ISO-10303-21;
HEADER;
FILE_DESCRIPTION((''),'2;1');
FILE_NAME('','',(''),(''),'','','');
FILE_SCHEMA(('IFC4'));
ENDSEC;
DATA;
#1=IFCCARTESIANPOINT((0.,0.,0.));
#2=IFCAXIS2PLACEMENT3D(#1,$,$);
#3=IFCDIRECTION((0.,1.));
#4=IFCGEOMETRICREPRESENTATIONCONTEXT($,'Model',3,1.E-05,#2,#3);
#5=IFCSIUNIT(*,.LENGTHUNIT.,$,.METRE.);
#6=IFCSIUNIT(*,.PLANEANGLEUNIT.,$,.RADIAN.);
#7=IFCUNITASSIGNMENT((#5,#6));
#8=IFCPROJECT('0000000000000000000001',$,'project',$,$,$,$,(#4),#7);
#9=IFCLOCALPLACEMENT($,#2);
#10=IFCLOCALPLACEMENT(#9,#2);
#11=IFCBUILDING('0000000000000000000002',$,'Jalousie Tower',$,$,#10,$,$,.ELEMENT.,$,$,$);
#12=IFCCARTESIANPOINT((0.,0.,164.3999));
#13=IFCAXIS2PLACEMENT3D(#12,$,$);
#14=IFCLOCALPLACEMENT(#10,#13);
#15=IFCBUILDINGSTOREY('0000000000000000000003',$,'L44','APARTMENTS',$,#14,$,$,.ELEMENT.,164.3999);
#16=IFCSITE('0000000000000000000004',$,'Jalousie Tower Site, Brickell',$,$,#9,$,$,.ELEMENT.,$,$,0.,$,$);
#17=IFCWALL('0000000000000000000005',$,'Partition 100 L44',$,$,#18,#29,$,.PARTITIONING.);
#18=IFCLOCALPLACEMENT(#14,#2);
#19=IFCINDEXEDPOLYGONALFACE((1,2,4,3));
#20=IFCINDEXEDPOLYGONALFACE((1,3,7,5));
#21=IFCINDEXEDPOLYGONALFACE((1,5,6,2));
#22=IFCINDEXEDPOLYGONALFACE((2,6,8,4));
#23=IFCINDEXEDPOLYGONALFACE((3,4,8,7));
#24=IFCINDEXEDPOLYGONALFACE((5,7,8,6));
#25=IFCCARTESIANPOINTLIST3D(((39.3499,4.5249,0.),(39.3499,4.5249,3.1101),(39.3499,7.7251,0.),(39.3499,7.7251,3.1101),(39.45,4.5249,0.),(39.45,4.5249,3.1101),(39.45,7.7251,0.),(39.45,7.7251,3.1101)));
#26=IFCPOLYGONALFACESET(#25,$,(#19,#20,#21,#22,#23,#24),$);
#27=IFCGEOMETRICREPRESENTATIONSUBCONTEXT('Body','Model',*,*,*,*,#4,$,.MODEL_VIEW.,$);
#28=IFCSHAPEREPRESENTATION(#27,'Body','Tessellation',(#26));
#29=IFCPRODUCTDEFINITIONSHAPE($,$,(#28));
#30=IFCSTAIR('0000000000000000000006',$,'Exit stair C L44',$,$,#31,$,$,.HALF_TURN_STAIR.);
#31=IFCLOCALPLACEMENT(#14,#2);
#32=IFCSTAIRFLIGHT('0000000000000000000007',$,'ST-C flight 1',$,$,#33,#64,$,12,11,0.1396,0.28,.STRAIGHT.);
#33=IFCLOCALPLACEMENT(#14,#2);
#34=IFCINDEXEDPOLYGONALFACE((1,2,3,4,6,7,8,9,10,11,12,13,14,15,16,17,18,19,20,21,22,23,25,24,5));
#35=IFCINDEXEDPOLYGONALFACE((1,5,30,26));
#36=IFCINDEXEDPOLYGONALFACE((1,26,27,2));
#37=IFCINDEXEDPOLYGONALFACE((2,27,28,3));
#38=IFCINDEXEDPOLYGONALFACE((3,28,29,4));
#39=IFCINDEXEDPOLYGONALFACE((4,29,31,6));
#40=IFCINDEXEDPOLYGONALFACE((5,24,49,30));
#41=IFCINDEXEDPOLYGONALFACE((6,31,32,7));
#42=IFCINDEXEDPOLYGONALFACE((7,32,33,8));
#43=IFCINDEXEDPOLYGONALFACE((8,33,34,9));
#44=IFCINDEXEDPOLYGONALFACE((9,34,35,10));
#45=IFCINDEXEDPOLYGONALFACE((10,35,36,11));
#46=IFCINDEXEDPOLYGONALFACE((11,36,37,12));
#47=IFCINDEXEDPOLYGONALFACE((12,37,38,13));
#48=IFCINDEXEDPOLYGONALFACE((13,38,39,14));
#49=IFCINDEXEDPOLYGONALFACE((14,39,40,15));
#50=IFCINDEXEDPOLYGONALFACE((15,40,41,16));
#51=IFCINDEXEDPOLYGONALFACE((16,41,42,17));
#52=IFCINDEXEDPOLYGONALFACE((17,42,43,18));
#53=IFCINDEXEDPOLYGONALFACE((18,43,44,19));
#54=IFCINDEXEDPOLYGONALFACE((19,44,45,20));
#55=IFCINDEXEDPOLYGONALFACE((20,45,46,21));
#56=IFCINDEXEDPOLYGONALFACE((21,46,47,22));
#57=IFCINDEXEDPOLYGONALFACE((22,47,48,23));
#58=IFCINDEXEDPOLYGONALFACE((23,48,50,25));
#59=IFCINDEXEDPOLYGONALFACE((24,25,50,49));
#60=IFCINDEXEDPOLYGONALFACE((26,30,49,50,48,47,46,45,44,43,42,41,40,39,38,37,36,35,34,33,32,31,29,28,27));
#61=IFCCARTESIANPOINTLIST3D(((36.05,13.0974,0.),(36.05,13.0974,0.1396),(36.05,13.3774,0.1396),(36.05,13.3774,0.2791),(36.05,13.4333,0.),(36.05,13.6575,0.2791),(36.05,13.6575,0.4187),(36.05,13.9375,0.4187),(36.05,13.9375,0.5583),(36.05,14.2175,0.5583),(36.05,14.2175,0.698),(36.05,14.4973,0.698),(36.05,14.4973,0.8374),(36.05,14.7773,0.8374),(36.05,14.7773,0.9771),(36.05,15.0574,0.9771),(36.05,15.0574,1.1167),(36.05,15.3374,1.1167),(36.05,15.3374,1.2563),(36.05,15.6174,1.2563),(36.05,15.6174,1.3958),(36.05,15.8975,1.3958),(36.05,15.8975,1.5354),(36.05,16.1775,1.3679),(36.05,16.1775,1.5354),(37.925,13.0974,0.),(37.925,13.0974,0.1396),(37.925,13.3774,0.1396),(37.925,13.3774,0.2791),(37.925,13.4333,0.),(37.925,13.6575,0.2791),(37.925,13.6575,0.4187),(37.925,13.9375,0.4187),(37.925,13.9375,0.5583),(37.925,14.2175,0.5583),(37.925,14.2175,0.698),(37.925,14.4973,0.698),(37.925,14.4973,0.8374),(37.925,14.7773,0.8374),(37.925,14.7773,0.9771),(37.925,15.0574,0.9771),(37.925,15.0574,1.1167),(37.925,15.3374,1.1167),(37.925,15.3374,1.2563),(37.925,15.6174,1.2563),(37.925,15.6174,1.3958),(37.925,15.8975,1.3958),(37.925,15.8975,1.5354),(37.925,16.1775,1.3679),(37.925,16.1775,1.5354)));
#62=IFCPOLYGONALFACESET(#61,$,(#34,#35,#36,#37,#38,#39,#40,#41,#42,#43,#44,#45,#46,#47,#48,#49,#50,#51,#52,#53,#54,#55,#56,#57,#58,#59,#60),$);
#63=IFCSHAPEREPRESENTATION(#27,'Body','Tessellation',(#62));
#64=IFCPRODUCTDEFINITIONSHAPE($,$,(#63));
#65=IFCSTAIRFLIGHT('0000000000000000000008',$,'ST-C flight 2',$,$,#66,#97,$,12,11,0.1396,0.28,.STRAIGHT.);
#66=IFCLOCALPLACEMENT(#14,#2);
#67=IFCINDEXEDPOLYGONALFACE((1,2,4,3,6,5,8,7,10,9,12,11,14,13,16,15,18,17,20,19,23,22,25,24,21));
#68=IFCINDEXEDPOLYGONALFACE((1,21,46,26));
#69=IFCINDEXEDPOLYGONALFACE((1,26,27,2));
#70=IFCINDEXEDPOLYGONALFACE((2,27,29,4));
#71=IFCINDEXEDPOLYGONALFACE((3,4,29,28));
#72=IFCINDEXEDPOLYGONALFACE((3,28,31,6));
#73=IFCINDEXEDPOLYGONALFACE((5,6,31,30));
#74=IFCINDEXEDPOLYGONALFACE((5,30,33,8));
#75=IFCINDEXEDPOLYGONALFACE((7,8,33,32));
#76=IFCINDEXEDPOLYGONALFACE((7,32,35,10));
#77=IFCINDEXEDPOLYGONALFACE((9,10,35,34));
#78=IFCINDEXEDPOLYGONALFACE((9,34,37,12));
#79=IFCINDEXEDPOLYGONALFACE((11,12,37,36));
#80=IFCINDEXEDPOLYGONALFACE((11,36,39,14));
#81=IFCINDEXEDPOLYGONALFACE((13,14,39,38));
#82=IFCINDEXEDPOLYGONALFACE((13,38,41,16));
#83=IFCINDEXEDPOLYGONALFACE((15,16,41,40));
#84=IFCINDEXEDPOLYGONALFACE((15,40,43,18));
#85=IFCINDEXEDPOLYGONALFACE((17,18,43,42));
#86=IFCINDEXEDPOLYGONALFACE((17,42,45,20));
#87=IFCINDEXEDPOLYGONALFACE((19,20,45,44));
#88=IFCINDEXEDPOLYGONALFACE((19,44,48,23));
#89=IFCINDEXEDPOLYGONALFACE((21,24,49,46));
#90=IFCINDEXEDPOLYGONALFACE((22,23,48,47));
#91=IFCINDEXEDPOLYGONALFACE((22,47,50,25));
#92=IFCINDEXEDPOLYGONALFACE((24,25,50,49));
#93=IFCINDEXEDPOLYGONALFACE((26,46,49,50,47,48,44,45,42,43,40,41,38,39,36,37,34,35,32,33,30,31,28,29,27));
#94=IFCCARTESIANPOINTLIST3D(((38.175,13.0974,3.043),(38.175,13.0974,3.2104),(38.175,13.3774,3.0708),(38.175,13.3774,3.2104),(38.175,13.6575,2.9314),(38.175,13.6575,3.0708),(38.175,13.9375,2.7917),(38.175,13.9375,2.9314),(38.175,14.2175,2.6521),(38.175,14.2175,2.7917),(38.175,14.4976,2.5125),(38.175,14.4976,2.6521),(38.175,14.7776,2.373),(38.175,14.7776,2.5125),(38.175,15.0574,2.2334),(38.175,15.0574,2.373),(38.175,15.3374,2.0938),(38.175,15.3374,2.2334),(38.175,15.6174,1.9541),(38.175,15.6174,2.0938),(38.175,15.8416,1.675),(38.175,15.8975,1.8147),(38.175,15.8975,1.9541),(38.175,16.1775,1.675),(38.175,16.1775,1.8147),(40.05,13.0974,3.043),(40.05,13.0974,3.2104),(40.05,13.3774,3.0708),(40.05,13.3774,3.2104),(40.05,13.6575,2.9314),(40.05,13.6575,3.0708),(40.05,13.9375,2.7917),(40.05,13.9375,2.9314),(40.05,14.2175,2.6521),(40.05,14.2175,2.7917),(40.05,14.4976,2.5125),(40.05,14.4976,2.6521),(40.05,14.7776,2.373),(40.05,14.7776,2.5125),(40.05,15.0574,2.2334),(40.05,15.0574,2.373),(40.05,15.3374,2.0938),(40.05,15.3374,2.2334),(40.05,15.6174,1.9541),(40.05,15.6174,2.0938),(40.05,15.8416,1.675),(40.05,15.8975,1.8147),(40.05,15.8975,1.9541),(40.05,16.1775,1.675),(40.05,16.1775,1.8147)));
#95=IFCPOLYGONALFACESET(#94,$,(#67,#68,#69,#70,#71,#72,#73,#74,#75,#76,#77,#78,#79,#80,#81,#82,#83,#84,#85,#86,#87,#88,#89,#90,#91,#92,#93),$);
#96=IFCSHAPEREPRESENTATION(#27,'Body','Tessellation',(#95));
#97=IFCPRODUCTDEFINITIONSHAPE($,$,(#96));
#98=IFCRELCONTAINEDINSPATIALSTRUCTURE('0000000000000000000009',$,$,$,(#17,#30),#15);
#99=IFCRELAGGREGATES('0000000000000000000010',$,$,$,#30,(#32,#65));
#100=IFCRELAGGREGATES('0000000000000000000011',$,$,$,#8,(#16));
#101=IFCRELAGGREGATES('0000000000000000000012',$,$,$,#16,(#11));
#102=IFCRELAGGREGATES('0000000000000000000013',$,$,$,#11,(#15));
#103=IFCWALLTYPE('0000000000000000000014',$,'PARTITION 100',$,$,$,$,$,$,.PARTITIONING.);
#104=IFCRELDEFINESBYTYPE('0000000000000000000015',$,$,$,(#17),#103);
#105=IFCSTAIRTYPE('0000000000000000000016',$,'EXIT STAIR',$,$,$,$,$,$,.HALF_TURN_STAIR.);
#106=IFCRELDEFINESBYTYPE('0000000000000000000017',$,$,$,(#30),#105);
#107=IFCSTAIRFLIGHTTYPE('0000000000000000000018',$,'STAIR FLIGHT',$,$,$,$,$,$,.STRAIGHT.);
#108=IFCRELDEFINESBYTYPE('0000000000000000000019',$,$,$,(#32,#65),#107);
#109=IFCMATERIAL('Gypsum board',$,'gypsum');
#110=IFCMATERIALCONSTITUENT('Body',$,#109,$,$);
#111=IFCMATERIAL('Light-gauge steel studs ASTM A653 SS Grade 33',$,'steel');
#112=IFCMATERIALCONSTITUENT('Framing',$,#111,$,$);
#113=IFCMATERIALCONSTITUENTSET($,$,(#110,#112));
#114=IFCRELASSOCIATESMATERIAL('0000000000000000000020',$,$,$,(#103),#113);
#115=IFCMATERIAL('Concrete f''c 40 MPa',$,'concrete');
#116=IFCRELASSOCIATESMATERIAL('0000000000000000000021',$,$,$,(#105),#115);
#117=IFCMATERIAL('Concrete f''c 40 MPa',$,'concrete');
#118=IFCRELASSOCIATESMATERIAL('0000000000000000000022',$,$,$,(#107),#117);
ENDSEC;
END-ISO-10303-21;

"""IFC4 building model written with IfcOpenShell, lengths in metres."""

from ifc_helpers import new_model, si_unit, direction, frame, frame_2d, origin, place, context, subcontext, project, spatial, polyline, rectangle, outline, extrude, material, constituent, constituent_set, type_object, element, aggregate, save


model = new_model("IFC4")

# Units and contexts
model_context = context("Model", 3, precision=1e-05, world=origin(), true_north=direction((0.0, 1.0)))
body_context = subcontext(model_context, "Body", "Model", "MODEL_VIEW")
ifc_project = project(units=[si_unit("LENGTHUNIT", "METRE"), si_unit("PLANEANGLEUNIT", "RADIAN")], contexts=[model_context])

# Site, building, storey
site_placement = place(None, origin())
site = spatial("IfcSite", under=ifc_project, at=site_placement, Name="Jalousie Tower Site, Brickell", CompositionType="ELEMENT", RefElevation=0.0)
building_placement = place(site_placement, origin())
building = spatial("IfcBuilding", under=site, at=building_placement, Name="Jalousie Tower", CompositionType="ELEMENT")
storey_placement = place(building_placement, frame((0.0, 0.0, 164.3999)))
storey = spatial("IfcBuildingStorey", under=building, at=storey_placement, Name="L44", Description="APARTMENTS", CompositionType="ELEMENT", Elevation=164.3999)

# Wall
ifc_material_1 = material(Name="Gypsum board", Category="gypsum")
ifc_constituent_1 = constituent(ifc_material_1, Name="Body")
ifc_material_2 = material(Name="Light-gauge steel studs ASTM A653 SS Grade 33", Category="steel")
ifc_constituent_2 = constituent(ifc_material_2, Name="Framing")
ifc_constituent_set_1 = constituent_set(constituents=[ifc_constituent_1, ifc_constituent_2])
wall_type_1 = type_object("IfcWallType", Name="PARTITION 100", PredefinedType="PARTITIONING", material=ifc_constituent_set_1)
wall_1_placement = place(storey_placement, frame((39.3999, 7.7251, 0.0), z_axis=(0.0, 0.0, 1.0), x_axis=(0.0, -1.0, 0.0)))
element("IfcWall", 1, at=wall_1_placement, inside=storey, type_object=wall_type_1, Name="Partition 100 L44", PredefinedType="PARTITIONING", context=body_context, shape_type="SweptSolid", body=[
    extrude(rectangle(XDim=3.2002, YDim=0.1001, at=frame_2d((1.6001, 0.0))), origin(), (0.0, 0.0, 1.0), 3.1101),
])

# Stair, stair flights
ifc_material_3 = material(Name="Concrete f'c 40 MPa", Category="concrete")
stair_type = type_object("IfcStairType", Name="EXIT STAIR", PredefinedType="HALF_TURN_STAIR", material=ifc_material_3)
stair_placement = place(storey_placement, origin())
stair = element("IfcStair", 2, at=stair_placement, inside=storey, type_object=stair_type, Name="Exit stair C L44", PredefinedType="HALF_TURN_STAIR")
ifc_material_4 = material(Name="Concrete f'c 40 MPa", Category="concrete")
stair_flight_type = type_object("IfcStairFlightType", Name="STAIR FLIGHT", PredefinedType="STRAIGHT", material=ifc_material_4)
stair_flight_1_placement = place(storey_placement, frame((36.9875, 13.0974, 0.0), z_axis=(0.0, 0.0, 1.0), x_axis=(0.0, 1.0, 0.0)))
stair_flight_1 = element("IfcStairFlight", 3, at=stair_flight_1_placement, type_object=stair_flight_type, Name="ST-C flight 1", NumberOfRisers=12, NumberOfTreads=11, PredefinedType="STRAIGHT", RiserHeight=0.1396, TreadLength=0.28, context=body_context, shape_type="SweptSolid", body=[
    extrude(outline(polyline([(0.0, 0.0), (0.0, 0.1396), (0.28, 0.1396), (0.28, 0.2791), (0.5601, 0.2791), (0.5601, 0.4187), (0.8401, 0.4187), (0.8401, 0.5583), (1.1201, 0.5583), (1.1201, 0.698), (1.3999, 0.698), (1.3999, 0.8374), (1.6799, 0.8374), (1.6799, 0.9771), (1.96, 0.9771), (1.96, 1.1167), (2.24, 1.1167), (2.24, 1.2563), (2.52, 1.2563), (2.52, 1.3958), (2.8, 1.3958), (2.8, 1.5354), (3.0801, 1.5354), (3.0801, 1.675), (3.0801, 1.3679), (0.3359, 0.0), (0.0, 0.0)])), frame((0.0, 0.9375, 0.0), z_axis=(0.0, -1.0, 0.0), x_axis=(1.0, 0.0, 0.0)), (0.0, 0.0, 1.0), 1.875),
])
stair_flight_2_placement = place(storey_placement, frame((39.1125, 16.1775, 1.675), z_axis=(0.0, 0.0, 1.0), x_axis=(0.0, -1.0, 0.0)))
stair_flight_2 = element("IfcStairFlight", 4, at=stair_flight_2_placement, type_object=stair_flight_type, Name="ST-C flight 2", NumberOfRisers=12, NumberOfTreads=11, PredefinedType="STRAIGHT", RiserHeight=0.1396, TreadLength=0.28, context=body_context, shape_type="SweptSolid", body=[
    extrude(outline(polyline([(0.0, 0.0), (0.0, 0.1396), (0.28, 0.1396), (0.28, 0.2791), (0.5601, 0.2791), (0.5601, 0.4187), (0.8401, 0.4187), (0.8401, 0.5583), (1.1201, 0.5583), (1.1201, 0.698), (1.3999, 0.698), (1.3999, 0.8374), (1.6799, 0.8374), (1.6799, 0.9771), (1.96, 0.9771), (1.96, 1.1167), (2.24, 1.1167), (2.24, 1.2563), (2.52, 1.2563), (2.52, 1.3958), (2.8, 1.3958), (2.8, 1.5354), (3.0801, 1.5354), (3.0801, 1.675), (3.0801, 1.3679), (0.3359, 0.0), (0.0, 0.0)])), frame((0.0, 0.9375, 0.0), z_axis=(0.0, -1.0, 0.0), x_axis=(1.0, 0.0, 0.0)), (0.0, 0.0, 1.0), 1.875),
])
aggregate(stair, [stair_flight_1, stair_flight_2])

save(model, "model.ifc")
